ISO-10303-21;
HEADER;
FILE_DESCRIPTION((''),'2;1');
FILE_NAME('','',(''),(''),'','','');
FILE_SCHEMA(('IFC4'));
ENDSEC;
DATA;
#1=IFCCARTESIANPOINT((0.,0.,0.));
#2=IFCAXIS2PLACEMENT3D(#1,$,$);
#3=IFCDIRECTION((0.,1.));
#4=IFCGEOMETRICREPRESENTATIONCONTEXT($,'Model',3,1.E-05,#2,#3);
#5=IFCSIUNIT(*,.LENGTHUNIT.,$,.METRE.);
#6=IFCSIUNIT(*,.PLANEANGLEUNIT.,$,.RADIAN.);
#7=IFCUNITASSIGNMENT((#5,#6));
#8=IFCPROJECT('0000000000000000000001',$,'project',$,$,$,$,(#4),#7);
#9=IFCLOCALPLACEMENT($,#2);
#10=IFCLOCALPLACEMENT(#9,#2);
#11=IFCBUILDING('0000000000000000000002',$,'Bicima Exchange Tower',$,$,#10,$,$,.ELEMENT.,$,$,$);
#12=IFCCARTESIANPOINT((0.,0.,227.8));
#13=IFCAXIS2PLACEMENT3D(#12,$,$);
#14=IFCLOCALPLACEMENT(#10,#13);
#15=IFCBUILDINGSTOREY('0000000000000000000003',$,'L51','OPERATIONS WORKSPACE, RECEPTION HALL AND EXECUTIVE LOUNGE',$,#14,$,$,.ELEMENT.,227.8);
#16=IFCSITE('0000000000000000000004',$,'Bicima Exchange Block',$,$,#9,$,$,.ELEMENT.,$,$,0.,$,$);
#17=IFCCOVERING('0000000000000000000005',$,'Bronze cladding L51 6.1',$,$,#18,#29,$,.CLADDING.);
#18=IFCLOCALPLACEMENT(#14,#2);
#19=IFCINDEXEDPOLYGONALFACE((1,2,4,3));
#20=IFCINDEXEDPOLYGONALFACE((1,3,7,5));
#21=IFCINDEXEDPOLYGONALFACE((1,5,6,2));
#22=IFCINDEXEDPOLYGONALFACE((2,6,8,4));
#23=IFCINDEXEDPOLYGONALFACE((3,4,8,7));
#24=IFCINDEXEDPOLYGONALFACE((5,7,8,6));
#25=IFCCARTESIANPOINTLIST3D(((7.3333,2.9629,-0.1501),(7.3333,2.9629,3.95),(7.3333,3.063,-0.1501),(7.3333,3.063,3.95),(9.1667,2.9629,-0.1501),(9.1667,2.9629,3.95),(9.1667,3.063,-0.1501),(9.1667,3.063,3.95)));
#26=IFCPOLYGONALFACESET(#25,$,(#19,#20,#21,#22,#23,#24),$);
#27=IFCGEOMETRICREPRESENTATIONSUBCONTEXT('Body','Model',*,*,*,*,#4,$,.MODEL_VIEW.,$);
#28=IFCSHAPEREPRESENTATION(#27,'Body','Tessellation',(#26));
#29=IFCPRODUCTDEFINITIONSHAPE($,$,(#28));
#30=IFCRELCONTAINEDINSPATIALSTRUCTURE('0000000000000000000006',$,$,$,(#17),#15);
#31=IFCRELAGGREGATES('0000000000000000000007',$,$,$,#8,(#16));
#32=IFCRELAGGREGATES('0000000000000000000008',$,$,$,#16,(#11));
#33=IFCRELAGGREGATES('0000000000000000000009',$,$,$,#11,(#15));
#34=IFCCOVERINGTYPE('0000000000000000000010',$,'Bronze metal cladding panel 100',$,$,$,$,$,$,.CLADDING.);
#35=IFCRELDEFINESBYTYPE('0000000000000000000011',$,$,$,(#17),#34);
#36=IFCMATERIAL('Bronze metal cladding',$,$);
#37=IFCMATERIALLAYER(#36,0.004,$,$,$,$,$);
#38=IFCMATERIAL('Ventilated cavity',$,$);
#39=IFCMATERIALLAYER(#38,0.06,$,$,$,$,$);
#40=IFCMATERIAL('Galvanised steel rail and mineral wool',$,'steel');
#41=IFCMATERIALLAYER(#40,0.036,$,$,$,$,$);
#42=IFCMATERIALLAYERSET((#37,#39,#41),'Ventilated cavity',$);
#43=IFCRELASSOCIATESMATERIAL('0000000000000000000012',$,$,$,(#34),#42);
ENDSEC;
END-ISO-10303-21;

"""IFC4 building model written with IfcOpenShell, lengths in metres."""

from ifc_helpers import new_model, si_unit, direction, frame, origin, origin_2d, place, context, subcontext, project, spatial, rectangle, extrude, material, layer, layer_set, type_object, element, save


model = new_model("IFC4")

# Units and contexts
model_context = context("Model", 3, precision=1e-05, world=origin(), true_north=direction((0.0, 1.0)))
body_context = subcontext(model_context, "Body", "Model", "MODEL_VIEW")
ifc_project = project(units=[si_unit("LENGTHUNIT", "METRE"), si_unit("PLANEANGLEUNIT", "RADIAN")], contexts=[model_context])

# Site, building, storey
site_placement = place(None, origin())
site = spatial("IfcSite", under=ifc_project, at=site_placement, Name="Bicima Exchange Block", CompositionType="ELEMENT", RefElevation=0.0)
building_placement = place(site_placement, origin())
building = spatial("IfcBuilding", under=site, at=building_placement, Name="Bicima Exchange Tower", CompositionType="ELEMENT")
storey_placement = place(building_placement, frame((0.0, 0.0, 227.8)))
storey = spatial("IfcBuildingStorey", under=building, at=storey_placement, Name="L51", Description="OPERATIONS WORKSPACE, RECEPTION HALL AND EXECUTIVE LOUNGE", CompositionType="ELEMENT", Elevation=227.8)

# Covering
ifc_material_1 = material(Name="Bronze metal cladding")
ifc_layer_1 = layer(ifc_material_1, 0.004)
ifc_material_2 = material(Name="Ventilated cavity")
ifc_layer_2 = layer(ifc_material_2, 0.06)
ifc_material_3 = material(Name="Galvanised steel rail and mineral wool", Category="steel")
ifc_layer_3 = layer(ifc_material_3, 0.036)
ifc_layer_set_1 = layer_set([ifc_layer_1, ifc_layer_2, ifc_layer_3], Name="Ventilated cavity")
covering_type = type_object("IfcCoveringType", Name="Bronze metal cladding panel 100", PredefinedType="CLADDING", material=ifc_layer_set_1)
covering_1_placement = place(storey_placement, frame((8.25, 3.0129, -0.1501), z_axis=(0.0, 0.0, 1.0), x_axis=(-1.0, 0.0, 0.0)))
element("IfcCovering", 1, at=covering_1_placement, inside=storey, type_object=covering_type, Name="Bronze cladding L51 6.1", PredefinedType="CLADDING", context=body_context, shape_type="SweptSolid", body=[
    extrude(rectangle(XDim=1.8335, YDim=0.1001, at=origin_2d()), origin(), (0.0, 0.0, 1.0), 4.1001),
])

save(model, "model.ifc")
